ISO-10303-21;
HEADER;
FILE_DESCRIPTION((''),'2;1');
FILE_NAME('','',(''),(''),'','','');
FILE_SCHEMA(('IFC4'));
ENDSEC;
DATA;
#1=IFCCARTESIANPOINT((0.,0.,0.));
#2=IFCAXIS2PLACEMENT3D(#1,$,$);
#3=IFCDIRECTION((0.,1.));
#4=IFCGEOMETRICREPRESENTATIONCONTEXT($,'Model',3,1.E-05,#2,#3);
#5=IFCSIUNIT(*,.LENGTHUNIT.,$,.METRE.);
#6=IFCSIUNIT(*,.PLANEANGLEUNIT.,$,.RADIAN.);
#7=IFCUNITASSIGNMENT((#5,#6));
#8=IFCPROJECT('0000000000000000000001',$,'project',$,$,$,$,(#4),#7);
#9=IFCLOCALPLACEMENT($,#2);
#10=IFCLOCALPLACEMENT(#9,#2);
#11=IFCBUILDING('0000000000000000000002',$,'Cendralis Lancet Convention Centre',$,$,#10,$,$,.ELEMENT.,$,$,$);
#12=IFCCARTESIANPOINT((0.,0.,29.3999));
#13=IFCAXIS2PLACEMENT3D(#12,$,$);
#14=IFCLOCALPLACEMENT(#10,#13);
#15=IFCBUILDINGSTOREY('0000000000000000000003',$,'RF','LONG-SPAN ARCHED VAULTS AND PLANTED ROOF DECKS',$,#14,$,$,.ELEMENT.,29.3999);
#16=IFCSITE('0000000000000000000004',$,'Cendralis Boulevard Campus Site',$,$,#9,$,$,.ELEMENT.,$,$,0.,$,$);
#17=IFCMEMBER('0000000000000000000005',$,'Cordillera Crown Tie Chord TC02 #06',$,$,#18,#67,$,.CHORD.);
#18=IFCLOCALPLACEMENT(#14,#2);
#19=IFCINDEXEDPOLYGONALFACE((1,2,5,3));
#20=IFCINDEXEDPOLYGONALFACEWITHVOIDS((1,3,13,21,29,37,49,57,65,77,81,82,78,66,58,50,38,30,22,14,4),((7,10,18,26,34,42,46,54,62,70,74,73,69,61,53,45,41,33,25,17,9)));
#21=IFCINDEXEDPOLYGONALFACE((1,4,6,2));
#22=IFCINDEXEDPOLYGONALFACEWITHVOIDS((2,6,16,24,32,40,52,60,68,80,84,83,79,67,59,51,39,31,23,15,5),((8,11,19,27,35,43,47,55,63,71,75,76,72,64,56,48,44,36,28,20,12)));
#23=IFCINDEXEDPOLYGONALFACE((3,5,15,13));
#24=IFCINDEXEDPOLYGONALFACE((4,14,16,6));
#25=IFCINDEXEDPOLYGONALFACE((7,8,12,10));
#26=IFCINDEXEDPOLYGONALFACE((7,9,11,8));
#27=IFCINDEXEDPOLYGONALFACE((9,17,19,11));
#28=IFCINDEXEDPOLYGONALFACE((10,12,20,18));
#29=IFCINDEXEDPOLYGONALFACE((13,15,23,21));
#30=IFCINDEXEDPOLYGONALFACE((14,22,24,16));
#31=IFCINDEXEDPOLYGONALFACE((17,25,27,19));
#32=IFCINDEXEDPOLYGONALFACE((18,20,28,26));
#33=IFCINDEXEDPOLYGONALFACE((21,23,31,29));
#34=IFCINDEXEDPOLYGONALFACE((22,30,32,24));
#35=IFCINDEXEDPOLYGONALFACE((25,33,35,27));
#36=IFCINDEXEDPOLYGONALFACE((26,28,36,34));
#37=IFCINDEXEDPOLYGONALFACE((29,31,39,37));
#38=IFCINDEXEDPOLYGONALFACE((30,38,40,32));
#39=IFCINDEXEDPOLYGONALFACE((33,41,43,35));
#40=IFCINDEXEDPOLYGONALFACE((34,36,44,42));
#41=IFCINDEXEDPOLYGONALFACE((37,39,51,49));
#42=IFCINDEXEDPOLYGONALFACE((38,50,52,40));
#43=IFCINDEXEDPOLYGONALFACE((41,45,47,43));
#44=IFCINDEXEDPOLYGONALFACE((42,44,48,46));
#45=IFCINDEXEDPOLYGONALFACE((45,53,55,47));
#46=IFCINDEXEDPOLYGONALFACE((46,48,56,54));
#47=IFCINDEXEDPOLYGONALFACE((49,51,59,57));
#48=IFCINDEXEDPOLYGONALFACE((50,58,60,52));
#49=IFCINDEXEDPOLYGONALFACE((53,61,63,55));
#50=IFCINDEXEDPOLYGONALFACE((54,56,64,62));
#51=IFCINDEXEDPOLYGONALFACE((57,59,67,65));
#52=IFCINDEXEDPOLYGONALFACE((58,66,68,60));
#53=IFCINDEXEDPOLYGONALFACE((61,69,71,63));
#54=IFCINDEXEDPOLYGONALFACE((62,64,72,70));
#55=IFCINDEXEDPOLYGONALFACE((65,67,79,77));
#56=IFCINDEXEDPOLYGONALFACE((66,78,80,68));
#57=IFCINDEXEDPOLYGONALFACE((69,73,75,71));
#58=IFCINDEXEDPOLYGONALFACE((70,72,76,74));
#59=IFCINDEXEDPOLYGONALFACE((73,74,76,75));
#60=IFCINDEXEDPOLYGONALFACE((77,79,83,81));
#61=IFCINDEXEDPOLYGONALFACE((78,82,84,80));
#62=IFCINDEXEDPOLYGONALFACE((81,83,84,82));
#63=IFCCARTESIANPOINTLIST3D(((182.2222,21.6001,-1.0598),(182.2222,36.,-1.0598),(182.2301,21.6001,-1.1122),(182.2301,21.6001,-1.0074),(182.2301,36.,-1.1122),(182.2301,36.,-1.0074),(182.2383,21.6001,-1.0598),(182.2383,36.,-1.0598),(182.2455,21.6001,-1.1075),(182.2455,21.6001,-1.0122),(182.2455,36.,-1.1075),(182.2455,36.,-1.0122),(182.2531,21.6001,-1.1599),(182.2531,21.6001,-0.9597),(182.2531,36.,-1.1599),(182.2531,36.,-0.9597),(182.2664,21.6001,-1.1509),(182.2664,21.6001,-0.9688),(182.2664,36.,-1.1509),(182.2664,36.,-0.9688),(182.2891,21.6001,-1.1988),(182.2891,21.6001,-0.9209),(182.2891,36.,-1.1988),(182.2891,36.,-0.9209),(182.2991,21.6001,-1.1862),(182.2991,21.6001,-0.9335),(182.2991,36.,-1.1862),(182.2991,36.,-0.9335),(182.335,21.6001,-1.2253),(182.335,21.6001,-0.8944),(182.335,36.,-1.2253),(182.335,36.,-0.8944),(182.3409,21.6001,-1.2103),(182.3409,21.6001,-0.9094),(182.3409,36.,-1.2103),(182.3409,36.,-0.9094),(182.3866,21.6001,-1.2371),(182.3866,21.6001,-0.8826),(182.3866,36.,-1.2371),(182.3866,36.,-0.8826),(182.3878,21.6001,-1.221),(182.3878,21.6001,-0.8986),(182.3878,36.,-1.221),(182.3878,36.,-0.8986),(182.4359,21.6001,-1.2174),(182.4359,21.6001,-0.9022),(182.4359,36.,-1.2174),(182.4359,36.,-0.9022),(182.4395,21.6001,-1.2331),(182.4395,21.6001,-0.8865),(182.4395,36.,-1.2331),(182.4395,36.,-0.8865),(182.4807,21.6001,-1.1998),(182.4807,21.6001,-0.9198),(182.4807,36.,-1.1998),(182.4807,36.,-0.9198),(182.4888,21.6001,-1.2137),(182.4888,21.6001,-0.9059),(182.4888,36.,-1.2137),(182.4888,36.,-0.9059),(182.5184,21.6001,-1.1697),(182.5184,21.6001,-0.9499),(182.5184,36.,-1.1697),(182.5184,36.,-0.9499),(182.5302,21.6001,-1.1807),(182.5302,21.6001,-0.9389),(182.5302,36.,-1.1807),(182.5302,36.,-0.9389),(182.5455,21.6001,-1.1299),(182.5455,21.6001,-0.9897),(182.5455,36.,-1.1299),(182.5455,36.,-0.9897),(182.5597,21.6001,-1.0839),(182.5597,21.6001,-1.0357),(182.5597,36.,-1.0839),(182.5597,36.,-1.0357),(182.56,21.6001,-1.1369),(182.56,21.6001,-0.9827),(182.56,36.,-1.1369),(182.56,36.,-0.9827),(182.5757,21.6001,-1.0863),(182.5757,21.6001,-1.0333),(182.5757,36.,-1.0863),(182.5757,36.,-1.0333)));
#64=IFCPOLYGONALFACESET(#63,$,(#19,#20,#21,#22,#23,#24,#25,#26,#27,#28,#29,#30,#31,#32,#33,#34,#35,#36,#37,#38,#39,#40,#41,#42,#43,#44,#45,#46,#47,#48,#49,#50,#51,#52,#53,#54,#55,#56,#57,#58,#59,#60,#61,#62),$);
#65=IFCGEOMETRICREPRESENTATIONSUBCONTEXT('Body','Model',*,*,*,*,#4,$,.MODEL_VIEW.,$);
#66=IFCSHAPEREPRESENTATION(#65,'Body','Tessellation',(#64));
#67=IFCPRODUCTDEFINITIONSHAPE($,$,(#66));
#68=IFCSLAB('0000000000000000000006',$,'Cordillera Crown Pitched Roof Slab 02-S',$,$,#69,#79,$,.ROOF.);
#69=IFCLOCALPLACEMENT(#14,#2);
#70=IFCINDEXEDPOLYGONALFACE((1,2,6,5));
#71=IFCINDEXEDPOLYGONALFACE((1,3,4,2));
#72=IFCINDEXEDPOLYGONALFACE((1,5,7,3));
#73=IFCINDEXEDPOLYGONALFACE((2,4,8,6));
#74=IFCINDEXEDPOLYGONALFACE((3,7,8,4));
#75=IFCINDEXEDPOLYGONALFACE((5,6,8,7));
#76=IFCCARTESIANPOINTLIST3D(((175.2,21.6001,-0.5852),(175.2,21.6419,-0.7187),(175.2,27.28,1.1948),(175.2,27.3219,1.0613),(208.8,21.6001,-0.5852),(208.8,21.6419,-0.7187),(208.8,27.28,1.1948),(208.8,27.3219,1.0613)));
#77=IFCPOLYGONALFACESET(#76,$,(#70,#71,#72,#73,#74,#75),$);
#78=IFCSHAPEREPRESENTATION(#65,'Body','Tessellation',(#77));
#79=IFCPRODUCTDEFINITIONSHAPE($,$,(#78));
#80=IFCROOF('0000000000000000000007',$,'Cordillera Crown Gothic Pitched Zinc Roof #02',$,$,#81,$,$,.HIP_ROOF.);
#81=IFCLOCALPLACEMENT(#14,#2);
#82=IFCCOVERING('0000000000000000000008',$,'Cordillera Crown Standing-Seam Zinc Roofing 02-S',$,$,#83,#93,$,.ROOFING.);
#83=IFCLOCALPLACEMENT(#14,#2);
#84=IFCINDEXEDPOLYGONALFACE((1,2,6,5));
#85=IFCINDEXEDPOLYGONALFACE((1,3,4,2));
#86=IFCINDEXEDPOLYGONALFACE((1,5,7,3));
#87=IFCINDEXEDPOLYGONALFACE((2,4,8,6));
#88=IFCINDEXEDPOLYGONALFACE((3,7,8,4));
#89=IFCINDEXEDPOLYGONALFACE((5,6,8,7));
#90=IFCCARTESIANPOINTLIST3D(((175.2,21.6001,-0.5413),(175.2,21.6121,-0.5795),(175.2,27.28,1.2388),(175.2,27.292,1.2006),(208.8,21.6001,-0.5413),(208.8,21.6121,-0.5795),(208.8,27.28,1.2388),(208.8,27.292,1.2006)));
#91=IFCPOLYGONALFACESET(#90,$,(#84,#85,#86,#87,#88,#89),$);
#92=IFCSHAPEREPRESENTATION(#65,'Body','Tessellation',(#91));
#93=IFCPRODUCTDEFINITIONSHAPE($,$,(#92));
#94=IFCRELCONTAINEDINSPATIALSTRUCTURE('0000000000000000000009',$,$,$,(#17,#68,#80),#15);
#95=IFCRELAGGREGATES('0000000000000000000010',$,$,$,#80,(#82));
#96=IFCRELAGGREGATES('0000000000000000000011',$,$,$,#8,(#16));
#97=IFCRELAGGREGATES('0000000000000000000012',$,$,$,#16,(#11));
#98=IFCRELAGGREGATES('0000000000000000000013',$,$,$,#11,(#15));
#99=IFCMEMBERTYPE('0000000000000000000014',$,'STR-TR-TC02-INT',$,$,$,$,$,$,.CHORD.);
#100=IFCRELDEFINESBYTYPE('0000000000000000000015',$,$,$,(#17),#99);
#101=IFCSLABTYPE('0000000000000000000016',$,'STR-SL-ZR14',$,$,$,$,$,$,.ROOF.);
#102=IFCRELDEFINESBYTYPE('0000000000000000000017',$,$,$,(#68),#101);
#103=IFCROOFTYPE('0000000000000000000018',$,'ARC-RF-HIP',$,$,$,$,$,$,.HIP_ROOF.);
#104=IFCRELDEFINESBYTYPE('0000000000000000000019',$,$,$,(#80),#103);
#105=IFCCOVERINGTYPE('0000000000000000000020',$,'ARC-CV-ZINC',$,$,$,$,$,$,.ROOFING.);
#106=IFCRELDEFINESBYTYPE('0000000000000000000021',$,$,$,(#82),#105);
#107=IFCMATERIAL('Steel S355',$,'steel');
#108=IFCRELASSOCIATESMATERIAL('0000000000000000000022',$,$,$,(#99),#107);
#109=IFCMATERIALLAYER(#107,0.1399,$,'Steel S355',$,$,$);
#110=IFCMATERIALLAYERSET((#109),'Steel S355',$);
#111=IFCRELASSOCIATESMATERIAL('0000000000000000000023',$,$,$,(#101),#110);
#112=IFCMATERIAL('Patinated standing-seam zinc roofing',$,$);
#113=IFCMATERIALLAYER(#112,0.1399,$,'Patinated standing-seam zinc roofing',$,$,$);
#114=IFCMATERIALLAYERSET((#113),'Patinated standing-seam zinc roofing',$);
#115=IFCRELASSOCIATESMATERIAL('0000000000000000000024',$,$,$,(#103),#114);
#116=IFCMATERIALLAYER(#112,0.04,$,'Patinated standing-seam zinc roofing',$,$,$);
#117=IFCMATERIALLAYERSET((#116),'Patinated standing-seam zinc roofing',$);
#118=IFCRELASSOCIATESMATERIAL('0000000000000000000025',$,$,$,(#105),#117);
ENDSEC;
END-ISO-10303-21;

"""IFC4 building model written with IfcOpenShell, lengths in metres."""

from ifc_helpers import new_model, si_unit, direction, frame, origin, origin_2d, place, context, subcontext, project, spatial, polyline, hollow_circle, outline, extrude, material, layer, layer_set, material_profile, profile_set, type_object, element, aggregate, save


model = new_model("IFC4")

# Units and contexts
model_context = context("Model", 3, precision=1e-05, world=origin(), true_north=direction((0.0, 1.0)))
body_context = subcontext(model_context, "Body", "Model", "MODEL_VIEW")
ifc_project = project(units=[si_unit("LENGTHUNIT", "METRE"), si_unit("PLANEANGLEUNIT", "RADIAN")], contexts=[model_context])

# Site, building, storey
site_placement = place(None, origin())
site = spatial("IfcSite", under=ifc_project, at=site_placement, Name="Cendralis Boulevard Campus Site", CompositionType="ELEMENT", RefElevation=0.0)
building_placement = place(site_placement, origin())
building = spatial("IfcBuilding", under=site, at=building_placement, Name="Cendralis Lancet Convention Centre", CompositionType="ELEMENT")
storey_placement = place(building_placement, frame((0.0, 0.0, 29.3999)))
storey = spatial("IfcBuildingStorey", under=building, at=storey_placement, Name="RF", Description="LONG-SPAN ARCHED VAULTS AND PLANTED ROOF DECKS", CompositionType="ELEMENT", Elevation=29.3999)

# Shared definitions
ifc_material_1 = material(Name="Steel S355", Category="steel")

# Member
ifc_material_profile_1 = material_profile(ifc_material_1, hollow_circle(Radius=0.1777, WallThickness=0.0161, at=origin_2d()), Name="CHS 355.6x16.0")
ifc_profile_set_1 = profile_set([ifc_material_profile_1], Name="Steel S355")
member_type_1 = type_object("IfcMemberType", Name="STR-TR-TC02-INT", PredefinedType="CHORD", material=ifc_profile_set_1)
for number, where, z_axis, x_axis, name in (
    (1, (182.3999, 21.6001, -1.0598), (0.0, 1.0, 0.0), (-1.0, 0.0, 0.0), "Cordillera Crown Tie Chord TC02 #06"),
):
    element("IfcMember", number, at=place(storey_placement, frame(where, z_axis=z_axis, x_axis=x_axis)), inside=storey, type_object=member_type_1, Name=name, PredefinedType="CHORD", context=body_context, shape_type="SweptSolid", body=[
        extrude(hollow_circle(Radius=0.1777, WallThickness=0.0161, at=origin_2d()), origin(), (0.0, 0.0, 1.0), 14.3999),
    ])

# Slab
ifc_layer_1 = layer(ifc_material_1, 0.1399, Name="Steel S355")
ifc_layer_set_1 = layer_set([ifc_layer_1], Name="Steel S355")
slab_type = type_object("IfcSlabType", Name="STR-SL-ZR14", PredefinedType="ROOF", material=ifc_layer_set_1)
slab_placement = place(storey_placement, frame((175.2, 21.6001, -0.5852), z_axis=(0.0, -0.299048, 0.954238), x_axis=(1.0, 0.0, 0.0)))
element("IfcSlab", 2, at=slab_placement, inside=storey, type_object=slab_type, Name="Cordillera Crown Pitched Roof Slab 02-S", PredefinedType="ROOF", context=body_context, shape_type="SweptSolid", body=[
    extrude(outline(polyline([(0.0, 0.0), (33.6001, 0.0), (33.6001, 5.9523), (0.0, 5.9523), (0.0, 0.0)])), origin(), (0.0, 0.0, -1.0), 0.1399),
])

# Roof, covering
ifc_material_2 = material(Name="Patinated standing-seam zinc roofing")
ifc_layer_2 = layer(ifc_material_2, 0.1399, Name="Patinated standing-seam zinc roofing")
ifc_layer_set_2 = layer_set([ifc_layer_2], Name="Patinated standing-seam zinc roofing")
roof_type = type_object("IfcRoofType", Name="ARC-RF-HIP", PredefinedType="HIP_ROOF", material=ifc_layer_set_2)
roof_placement = place(storey_placement, origin())
roof = element("IfcRoof", 3, at=roof_placement, inside=storey, type_object=roof_type, Name="Cordillera Crown Gothic Pitched Zinc Roof #02", PredefinedType="HIP_ROOF")
ifc_layer_3 = layer(ifc_material_2, 0.04, Name="Patinated standing-seam zinc roofing")
ifc_layer_set_3 = layer_set([ifc_layer_3], Name="Patinated standing-seam zinc roofing")
covering_type = type_object("IfcCoveringType", Name="ARC-CV-ZINC", PredefinedType="ROOFING", material=ifc_layer_set_3)
covering_placement = place(storey_placement, frame((175.2, 21.6001, -0.5413), z_axis=(0.0, -0.299048, 0.954238), x_axis=(1.0, 0.0, 0.0)))
covering = element("IfcCovering", 4, at=covering_placement, type_object=covering_type, Name="Cordillera Crown Standing-Seam Zinc Roofing 02-S", PredefinedType="ROOFING", context=body_context, shape_type="SweptSolid", body=[
    extrude(outline(polyline([(0.0, 0.0), (33.6001, 0.0), (33.6001, 5.9523), (0.0, 5.9523), (0.0, 0.0)])), origin(), (0.0, 0.0, -1.0), 0.04),
])
aggregate(roof, [covering])

save(model, "model.ifc")
